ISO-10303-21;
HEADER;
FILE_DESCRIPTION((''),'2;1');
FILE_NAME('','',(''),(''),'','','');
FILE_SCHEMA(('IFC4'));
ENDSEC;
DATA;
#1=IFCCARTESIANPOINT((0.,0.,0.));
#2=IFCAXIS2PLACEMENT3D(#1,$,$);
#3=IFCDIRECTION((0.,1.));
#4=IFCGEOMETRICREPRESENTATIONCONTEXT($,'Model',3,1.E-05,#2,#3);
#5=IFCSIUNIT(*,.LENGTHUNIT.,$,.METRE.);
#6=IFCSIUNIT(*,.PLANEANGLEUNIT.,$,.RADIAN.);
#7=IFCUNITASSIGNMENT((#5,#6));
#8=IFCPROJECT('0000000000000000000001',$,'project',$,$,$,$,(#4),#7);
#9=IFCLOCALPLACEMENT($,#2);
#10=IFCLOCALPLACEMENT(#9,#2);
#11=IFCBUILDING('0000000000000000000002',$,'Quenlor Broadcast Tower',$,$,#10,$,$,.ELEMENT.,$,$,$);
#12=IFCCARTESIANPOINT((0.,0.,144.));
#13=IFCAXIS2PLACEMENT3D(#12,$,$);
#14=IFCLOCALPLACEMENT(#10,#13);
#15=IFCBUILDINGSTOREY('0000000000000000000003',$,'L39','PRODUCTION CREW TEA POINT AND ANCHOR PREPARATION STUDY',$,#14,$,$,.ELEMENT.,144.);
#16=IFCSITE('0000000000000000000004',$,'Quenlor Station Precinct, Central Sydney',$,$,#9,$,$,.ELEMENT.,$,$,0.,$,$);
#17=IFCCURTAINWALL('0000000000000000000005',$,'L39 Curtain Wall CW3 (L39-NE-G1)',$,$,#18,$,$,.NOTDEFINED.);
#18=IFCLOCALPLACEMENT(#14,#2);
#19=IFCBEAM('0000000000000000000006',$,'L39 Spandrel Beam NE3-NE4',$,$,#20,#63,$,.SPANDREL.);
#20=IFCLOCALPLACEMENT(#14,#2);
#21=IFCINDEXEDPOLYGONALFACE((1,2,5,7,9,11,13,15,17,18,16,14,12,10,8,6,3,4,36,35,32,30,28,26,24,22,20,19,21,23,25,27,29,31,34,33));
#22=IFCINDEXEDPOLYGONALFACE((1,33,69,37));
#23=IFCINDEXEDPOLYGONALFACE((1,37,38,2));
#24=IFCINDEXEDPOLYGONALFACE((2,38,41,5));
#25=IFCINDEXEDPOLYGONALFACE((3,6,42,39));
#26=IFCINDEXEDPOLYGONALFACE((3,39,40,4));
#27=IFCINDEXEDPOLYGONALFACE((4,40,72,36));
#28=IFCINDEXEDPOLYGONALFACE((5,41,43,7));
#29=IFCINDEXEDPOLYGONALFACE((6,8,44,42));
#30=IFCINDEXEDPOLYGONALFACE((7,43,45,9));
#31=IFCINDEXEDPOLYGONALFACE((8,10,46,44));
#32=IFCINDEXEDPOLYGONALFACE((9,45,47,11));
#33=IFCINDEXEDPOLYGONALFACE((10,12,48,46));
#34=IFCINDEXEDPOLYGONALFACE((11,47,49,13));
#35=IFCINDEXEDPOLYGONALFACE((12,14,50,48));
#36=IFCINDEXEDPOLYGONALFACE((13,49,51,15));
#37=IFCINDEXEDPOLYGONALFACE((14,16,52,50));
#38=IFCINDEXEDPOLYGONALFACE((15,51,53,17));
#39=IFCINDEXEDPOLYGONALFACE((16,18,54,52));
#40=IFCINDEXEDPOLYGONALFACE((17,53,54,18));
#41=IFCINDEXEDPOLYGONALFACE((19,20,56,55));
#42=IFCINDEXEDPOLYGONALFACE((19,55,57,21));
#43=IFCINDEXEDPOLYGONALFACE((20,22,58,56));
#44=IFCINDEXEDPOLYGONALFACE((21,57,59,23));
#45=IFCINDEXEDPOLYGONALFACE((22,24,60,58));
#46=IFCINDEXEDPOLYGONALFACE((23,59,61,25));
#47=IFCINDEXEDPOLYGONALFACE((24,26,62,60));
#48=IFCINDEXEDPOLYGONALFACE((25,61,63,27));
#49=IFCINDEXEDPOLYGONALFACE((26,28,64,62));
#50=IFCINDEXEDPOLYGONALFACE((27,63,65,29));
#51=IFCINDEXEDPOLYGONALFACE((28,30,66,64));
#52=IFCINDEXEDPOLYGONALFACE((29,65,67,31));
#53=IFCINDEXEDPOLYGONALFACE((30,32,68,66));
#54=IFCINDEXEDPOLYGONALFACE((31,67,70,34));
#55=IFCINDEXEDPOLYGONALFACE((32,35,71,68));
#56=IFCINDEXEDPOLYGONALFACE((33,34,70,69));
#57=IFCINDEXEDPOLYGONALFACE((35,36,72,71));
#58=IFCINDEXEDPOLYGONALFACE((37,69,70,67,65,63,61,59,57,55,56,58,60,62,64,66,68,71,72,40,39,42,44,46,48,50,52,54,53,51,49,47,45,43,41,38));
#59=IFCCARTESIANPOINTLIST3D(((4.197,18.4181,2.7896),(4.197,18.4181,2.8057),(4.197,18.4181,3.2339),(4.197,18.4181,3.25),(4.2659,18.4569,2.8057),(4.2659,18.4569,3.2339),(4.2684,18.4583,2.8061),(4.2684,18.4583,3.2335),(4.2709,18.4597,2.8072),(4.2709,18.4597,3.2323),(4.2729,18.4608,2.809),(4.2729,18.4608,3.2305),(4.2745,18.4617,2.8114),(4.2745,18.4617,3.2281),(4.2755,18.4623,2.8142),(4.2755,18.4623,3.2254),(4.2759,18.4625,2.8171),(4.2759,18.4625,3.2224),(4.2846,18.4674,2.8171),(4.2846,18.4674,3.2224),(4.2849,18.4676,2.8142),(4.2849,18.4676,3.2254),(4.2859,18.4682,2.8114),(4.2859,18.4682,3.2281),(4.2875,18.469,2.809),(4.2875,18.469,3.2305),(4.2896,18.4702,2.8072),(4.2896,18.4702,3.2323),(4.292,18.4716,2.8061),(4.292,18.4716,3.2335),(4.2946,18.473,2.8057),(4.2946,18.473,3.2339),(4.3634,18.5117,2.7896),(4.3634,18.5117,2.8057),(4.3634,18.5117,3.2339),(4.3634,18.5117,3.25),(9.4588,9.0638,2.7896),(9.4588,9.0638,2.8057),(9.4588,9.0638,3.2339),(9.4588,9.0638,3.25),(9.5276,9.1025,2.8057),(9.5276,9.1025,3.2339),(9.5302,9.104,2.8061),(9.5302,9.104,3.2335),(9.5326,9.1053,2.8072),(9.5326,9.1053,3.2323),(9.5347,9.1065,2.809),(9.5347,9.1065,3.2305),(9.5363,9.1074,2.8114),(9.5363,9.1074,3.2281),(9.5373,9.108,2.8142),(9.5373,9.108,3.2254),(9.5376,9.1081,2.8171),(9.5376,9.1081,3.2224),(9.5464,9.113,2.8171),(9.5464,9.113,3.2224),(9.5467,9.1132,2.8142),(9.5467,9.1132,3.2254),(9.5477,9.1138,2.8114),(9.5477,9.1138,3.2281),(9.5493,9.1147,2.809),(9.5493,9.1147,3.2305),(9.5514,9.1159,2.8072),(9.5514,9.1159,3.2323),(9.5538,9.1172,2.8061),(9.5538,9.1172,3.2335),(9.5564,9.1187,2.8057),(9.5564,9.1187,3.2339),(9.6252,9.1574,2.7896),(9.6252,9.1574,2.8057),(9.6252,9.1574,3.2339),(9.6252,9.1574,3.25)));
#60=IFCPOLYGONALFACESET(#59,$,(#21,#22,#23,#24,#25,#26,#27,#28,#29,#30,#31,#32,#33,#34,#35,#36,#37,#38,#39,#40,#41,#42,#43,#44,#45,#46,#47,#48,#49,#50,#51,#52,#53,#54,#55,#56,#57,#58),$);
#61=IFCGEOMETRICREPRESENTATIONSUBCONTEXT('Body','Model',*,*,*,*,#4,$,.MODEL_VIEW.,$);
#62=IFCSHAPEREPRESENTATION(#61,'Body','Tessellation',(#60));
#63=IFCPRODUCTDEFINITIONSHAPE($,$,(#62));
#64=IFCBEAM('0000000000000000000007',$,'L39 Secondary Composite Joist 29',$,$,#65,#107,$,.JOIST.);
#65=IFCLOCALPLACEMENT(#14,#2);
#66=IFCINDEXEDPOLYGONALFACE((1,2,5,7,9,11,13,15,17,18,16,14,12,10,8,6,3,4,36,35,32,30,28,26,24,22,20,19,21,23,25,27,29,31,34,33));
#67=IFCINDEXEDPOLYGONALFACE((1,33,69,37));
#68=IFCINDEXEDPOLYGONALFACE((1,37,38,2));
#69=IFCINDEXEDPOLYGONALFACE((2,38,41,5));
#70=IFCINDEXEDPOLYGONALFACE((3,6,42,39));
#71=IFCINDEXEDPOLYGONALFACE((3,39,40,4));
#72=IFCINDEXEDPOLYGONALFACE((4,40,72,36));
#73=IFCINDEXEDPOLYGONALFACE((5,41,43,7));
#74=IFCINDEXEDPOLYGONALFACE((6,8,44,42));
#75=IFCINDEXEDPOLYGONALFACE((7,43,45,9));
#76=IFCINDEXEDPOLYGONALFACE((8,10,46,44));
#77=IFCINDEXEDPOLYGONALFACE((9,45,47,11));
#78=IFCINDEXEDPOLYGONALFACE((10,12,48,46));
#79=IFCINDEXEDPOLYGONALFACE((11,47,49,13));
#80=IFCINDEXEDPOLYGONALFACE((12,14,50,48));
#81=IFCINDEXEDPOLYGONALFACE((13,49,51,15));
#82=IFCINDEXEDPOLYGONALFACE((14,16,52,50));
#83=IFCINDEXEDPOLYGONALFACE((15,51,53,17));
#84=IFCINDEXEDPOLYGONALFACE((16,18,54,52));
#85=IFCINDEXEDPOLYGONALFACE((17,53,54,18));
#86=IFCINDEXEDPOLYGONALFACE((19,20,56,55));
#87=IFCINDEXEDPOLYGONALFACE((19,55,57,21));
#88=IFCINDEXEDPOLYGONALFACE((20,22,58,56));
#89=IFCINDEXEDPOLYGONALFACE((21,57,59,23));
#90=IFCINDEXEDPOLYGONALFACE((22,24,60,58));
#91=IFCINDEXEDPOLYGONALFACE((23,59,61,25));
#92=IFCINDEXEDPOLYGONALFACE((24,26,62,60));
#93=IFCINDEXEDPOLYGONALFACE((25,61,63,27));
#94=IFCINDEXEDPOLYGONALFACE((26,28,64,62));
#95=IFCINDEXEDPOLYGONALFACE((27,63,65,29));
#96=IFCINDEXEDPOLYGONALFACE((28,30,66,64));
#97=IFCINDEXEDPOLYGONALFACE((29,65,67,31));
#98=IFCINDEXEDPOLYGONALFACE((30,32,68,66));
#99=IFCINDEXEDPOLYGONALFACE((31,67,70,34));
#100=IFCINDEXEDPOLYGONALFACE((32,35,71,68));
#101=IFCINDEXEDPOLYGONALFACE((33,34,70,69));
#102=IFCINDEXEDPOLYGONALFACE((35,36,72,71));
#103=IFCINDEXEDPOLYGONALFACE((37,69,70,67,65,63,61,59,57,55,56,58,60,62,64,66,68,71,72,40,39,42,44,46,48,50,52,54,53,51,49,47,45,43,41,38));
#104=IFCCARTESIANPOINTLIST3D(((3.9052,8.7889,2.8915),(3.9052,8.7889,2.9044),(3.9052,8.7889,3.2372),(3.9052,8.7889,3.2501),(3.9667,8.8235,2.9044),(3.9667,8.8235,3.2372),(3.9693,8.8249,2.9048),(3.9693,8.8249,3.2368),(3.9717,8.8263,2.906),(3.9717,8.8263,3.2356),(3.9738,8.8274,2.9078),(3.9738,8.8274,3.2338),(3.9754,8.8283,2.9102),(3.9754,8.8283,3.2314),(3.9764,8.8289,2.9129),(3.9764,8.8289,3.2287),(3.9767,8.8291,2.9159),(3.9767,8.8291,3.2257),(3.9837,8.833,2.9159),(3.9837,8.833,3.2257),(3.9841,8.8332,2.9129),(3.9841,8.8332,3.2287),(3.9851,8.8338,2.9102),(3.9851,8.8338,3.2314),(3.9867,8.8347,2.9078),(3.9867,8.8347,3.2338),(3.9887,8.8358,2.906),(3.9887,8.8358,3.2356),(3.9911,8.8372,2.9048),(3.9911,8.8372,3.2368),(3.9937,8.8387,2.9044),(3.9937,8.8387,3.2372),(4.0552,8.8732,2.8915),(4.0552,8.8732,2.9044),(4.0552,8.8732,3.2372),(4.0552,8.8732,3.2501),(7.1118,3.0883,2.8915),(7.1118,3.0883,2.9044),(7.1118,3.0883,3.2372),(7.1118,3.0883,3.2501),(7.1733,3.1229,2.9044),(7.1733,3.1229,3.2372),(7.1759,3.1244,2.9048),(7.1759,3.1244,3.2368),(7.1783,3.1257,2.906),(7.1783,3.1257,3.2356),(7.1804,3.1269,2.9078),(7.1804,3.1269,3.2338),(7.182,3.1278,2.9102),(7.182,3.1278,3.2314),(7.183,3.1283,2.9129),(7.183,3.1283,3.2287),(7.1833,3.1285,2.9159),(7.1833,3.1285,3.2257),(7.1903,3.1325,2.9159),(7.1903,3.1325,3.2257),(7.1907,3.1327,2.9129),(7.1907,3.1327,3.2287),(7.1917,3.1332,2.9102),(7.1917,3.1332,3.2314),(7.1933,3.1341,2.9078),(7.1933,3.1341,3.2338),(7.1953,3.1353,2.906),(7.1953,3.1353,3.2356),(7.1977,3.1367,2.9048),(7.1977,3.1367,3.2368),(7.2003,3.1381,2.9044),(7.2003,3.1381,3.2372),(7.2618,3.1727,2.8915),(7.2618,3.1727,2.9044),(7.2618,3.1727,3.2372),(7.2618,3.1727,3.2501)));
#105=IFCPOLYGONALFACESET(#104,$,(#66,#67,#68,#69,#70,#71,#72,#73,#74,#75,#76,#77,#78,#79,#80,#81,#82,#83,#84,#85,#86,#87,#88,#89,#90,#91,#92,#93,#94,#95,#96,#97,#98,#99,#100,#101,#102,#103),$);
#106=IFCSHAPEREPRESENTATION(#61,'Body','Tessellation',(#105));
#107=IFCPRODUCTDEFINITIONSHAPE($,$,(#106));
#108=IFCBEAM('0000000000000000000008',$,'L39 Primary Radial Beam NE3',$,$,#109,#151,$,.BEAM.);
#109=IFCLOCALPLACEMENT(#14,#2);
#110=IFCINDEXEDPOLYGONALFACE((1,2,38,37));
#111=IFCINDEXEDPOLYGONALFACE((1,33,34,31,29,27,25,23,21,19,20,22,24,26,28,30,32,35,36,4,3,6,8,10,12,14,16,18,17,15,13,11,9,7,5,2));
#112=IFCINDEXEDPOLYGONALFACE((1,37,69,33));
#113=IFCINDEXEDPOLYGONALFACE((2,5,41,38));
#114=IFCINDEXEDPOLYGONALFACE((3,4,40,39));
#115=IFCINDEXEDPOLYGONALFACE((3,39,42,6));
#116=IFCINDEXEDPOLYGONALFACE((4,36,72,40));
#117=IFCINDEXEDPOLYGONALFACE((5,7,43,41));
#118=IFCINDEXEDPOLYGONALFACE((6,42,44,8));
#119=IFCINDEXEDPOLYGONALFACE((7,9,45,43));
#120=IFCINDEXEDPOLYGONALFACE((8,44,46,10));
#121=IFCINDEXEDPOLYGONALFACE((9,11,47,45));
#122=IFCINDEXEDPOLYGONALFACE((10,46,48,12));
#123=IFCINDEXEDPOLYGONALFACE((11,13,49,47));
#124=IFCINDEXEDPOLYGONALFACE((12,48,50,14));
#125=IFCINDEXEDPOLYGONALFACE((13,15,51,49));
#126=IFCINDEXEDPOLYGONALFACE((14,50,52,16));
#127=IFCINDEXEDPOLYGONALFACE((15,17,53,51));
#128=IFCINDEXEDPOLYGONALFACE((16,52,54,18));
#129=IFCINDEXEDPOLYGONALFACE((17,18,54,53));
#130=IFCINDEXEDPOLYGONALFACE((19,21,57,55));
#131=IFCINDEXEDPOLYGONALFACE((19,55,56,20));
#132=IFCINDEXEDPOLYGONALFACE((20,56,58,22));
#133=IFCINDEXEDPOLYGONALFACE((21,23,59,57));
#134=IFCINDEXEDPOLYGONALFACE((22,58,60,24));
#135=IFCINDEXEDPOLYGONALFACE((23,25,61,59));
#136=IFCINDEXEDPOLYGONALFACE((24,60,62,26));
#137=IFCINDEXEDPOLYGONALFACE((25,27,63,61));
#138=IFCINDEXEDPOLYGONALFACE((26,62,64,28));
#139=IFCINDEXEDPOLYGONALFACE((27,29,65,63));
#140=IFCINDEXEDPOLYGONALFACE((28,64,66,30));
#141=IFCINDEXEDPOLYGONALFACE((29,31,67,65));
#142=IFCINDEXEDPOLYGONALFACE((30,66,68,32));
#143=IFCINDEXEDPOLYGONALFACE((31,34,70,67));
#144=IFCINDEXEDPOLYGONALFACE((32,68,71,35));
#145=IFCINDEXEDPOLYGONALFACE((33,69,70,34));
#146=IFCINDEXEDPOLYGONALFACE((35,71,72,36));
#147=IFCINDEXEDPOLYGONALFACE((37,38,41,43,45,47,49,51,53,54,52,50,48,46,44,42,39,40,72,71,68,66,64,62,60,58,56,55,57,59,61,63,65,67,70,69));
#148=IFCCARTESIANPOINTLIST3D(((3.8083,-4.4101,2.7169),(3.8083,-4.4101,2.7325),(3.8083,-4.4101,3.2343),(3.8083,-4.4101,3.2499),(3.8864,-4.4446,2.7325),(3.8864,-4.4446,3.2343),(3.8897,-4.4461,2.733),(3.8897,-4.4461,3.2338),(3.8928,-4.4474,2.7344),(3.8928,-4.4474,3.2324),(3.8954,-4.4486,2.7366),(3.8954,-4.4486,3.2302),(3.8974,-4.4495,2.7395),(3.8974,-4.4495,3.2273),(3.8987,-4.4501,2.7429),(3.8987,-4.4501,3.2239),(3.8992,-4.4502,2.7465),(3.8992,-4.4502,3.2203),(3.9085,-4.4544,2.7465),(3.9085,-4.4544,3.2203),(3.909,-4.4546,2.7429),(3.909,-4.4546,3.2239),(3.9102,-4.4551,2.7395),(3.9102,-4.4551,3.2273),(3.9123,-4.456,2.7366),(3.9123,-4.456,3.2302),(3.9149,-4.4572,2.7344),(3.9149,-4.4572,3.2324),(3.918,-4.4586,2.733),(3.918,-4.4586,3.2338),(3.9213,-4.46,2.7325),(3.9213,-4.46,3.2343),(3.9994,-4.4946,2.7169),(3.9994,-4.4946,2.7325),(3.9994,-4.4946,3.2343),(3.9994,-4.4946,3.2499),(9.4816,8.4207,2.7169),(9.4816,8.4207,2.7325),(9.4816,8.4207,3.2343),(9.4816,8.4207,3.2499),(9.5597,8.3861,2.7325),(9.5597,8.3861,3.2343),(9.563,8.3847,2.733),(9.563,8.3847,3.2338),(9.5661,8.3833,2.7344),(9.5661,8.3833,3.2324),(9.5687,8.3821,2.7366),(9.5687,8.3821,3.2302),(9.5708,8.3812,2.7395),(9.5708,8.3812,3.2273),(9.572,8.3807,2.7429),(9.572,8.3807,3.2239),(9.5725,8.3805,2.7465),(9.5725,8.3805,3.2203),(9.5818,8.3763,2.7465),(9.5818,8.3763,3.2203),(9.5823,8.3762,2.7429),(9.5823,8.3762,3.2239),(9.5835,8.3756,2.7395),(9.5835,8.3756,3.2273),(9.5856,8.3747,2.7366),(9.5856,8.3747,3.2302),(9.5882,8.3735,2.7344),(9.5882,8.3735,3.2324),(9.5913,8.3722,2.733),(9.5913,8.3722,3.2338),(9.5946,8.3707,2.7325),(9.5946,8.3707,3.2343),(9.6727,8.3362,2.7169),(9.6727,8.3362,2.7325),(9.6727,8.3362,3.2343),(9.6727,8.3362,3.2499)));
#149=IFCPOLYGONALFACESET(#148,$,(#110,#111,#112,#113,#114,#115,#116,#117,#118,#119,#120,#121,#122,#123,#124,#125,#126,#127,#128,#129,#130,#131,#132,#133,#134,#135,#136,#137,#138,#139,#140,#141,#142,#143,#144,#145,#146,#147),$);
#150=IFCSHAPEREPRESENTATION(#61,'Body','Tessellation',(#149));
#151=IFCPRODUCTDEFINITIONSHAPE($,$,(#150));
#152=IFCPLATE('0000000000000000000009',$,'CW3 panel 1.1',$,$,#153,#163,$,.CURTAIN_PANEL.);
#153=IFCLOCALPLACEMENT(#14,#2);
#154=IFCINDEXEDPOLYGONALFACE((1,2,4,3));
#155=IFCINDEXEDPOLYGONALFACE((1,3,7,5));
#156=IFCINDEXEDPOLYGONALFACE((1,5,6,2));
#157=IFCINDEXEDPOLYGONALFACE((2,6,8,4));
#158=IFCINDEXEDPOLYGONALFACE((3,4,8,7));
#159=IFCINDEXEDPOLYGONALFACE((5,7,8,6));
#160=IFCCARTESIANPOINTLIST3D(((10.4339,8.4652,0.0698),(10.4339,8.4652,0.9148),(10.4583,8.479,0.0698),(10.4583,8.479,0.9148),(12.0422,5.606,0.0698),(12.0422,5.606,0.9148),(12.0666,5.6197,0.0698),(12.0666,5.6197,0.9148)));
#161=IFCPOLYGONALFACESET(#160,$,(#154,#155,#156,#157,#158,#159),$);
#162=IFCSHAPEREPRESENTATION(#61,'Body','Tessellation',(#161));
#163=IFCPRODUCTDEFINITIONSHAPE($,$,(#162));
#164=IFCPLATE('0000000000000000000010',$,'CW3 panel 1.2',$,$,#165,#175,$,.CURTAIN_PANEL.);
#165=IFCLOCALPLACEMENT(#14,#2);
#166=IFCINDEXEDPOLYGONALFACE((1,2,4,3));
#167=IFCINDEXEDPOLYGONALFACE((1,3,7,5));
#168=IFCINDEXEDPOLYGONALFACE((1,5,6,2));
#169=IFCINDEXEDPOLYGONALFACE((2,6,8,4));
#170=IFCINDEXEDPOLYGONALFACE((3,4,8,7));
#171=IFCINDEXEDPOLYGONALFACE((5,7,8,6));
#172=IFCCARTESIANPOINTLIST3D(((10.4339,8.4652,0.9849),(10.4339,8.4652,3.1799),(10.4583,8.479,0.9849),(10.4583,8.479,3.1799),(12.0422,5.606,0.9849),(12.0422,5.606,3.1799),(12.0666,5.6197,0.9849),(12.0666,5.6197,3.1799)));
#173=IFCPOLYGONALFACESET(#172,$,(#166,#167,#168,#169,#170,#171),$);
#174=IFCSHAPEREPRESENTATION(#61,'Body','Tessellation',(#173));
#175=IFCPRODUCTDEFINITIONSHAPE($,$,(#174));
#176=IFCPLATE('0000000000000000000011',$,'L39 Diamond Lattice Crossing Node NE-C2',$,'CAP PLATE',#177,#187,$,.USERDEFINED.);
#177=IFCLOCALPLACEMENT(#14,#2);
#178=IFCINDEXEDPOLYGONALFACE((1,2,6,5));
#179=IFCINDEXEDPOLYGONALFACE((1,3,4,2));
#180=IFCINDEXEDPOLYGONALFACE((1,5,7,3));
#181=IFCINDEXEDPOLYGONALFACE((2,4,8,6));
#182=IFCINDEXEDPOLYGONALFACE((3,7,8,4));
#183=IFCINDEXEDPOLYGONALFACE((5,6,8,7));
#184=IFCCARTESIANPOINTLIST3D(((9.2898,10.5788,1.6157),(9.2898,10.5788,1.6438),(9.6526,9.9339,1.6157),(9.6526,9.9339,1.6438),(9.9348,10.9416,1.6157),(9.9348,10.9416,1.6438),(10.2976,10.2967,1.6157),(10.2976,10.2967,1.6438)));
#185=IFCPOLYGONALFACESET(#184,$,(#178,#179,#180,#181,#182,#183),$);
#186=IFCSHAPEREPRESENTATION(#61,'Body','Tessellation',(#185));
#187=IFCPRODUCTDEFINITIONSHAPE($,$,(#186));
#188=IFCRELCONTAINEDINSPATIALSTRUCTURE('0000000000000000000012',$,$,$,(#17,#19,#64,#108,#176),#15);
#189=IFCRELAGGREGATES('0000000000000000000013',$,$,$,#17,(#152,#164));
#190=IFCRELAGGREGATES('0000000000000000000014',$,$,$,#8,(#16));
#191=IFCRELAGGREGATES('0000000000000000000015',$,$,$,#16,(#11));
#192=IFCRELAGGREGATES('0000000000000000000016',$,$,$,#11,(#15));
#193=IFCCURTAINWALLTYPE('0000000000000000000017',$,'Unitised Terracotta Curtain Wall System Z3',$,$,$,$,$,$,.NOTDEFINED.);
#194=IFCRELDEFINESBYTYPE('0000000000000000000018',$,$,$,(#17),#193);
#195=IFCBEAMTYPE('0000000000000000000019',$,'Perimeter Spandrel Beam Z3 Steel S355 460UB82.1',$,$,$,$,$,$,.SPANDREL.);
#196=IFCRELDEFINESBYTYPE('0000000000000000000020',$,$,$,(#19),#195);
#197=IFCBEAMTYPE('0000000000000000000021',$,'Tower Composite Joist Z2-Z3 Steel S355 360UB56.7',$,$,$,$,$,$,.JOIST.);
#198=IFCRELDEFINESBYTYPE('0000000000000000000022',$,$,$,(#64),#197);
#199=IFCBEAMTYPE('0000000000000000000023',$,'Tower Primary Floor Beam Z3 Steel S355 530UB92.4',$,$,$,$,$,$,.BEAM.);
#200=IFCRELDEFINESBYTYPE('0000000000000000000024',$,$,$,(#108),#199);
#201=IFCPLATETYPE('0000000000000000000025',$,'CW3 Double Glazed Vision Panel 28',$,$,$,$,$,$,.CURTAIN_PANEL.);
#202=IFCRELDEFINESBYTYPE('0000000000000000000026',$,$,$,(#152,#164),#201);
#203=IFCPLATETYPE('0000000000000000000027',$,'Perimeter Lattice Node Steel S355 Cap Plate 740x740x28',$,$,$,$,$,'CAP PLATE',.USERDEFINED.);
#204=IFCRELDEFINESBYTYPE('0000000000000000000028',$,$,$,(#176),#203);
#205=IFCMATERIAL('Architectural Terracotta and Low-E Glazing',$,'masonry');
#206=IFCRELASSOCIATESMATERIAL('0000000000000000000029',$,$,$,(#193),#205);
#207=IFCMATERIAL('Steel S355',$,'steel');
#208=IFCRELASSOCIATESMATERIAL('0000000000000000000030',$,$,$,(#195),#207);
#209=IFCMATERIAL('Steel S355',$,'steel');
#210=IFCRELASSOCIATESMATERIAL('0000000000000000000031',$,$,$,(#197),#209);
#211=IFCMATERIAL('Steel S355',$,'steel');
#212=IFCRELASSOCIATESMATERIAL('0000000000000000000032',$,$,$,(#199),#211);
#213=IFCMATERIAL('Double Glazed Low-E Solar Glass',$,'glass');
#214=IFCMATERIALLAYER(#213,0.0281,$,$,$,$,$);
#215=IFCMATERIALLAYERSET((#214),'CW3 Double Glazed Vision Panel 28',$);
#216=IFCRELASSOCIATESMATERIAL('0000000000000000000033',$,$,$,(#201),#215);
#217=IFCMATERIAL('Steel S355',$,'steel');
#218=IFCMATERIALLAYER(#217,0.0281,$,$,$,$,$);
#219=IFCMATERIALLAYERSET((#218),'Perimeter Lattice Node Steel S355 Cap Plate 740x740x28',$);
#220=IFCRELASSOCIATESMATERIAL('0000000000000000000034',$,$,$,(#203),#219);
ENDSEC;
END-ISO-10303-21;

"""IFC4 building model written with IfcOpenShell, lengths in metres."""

from ifc_helpers import new_model, si_unit, direction, frame, origin, origin_2d, place, context, subcontext, project, spatial, rectangle, i_section, extrude, material, layer, layer_set, material_profile, profile_set, type_object, element, aggregate, save


model = new_model("IFC4")

# Units and contexts
model_context = context("Model", 3, precision=1e-05, world=origin(), true_north=direction((0.0, 1.0)))
body_context = subcontext(model_context, "Body", "Model", "MODEL_VIEW")
ifc_project = project(units=[si_unit("LENGTHUNIT", "METRE"), si_unit("PLANEANGLEUNIT", "RADIAN")], contexts=[model_context])

# Site, building, storey
site_placement = place(None, origin())
site = spatial("IfcSite", under=ifc_project, at=site_placement, Name="Quenlor Station Precinct, Central Sydney", CompositionType="ELEMENT", RefElevation=0.0)
building_placement = place(site_placement, origin())
building = spatial("IfcBuilding", under=site, at=building_placement, Name="Quenlor Broadcast Tower", CompositionType="ELEMENT")
storey_placement = place(building_placement, frame((0.0, 0.0, 144.0)))
storey = spatial("IfcBuildingStorey", under=building, at=storey_placement, Name="L39", Description="PRODUCTION CREW TEA POINT AND ANCHOR PREPARATION STUDY", CompositionType="ELEMENT", Elevation=144.0)

# Curtain wall
ifc_material_1 = material(Name="Architectural Terracotta and Low-E Glazing", Category="masonry")
curtain_wall_type = type_object("IfcCurtainWallType", Name="Unitised Terracotta Curtain Wall System Z3", PredefinedType="NOTDEFINED", material=ifc_material_1)
curtain_wall_placement = place(storey_placement, origin())
curtain_wall = element("IfcCurtainWall", 1, at=curtain_wall_placement, inside=storey, type_object=curtain_wall_type, Name="L39 Curtain Wall CW3 (L39-NE-G1)", PredefinedType="NOTDEFINED")

# Beams
ifc_material_2 = material(Name="Steel S355", Category="steel")
ifc_material_profile_1 = material_profile(ifc_material_2, i_section(OverallWidth=0.1909, OverallDepth=0.4604, WebThickness=0.01, FlangeThickness=0.0161, FilletRadius=0.0115, at=origin_2d()))
ifc_profile_set_1 = profile_set([ifc_material_profile_1], Name="Steel S355 460UB82.1")
beam_type_1 = type_object("IfcBeamType", Name="Perimeter Spandrel Beam Z3 Steel S355 460UB82.1", PredefinedType="SPANDREL", material=ifc_profile_set_1)
beam_1_placement = place(storey_placement, frame((9.542, 9.1106, 3.0198), z_axis=(-0.490258, 0.871577, 0.0), x_axis=(-0.871577, -0.490258, 0.0)))
element("IfcBeam", 2, at=beam_1_placement, inside=storey, type_object=beam_type_1, Name="L39 Spandrel Beam NE3-NE4", PredefinedType="SPANDREL", context=body_context, shape_type="SweptSolid", body=[
    extrude(i_section(OverallWidth=0.1909, OverallDepth=0.4604, WebThickness=0.01, FlangeThickness=0.0161, FilletRadius=0.0115, at=origin_2d()), origin(), (0.0, 0.0, 1.0), 10.7327),
])
ifc_material_3 = material(Name="Steel S355", Category="steel")
ifc_material_profile_2 = material_profile(ifc_material_3, i_section(OverallWidth=0.1721, OverallDepth=0.3586, WebThickness=0.0081, FlangeThickness=0.0129, FilletRadius=0.0115, at=origin_2d()))
ifc_profile_set_2 = profile_set([ifc_material_profile_2], Name="Steel S355 360UB56.7")
beam_type_2 = type_object("IfcBeamType", Name="Tower Composite Joist Z2-Z3 Steel S355 360UB56.7", PredefinedType="JOIST", material=ifc_profile_set_2)
beam_2_placement = place(storey_placement, frame((3.9802, 8.8311, 3.0708), z_axis=(0.490267, -0.871573, 0.0), x_axis=(0.871573, 0.490267, 0.0)))
element("IfcBeam", 3, at=beam_2_placement, inside=storey, type_object=beam_type_2, Name="L39 Secondary Composite Joist 29", PredefinedType="JOIST", context=body_context, shape_type="SweptSolid", body=[
    extrude(i_section(OverallWidth=0.1721, OverallDepth=0.3586, WebThickness=0.0081, FlangeThickness=0.0129, FilletRadius=0.0115, at=origin_2d()), origin(), (0.0, 0.0, 1.0), 6.5405),
])
ifc_material_4 = material(Name="Steel S355", Category="steel")
ifc_material_profile_3 = material_profile(ifc_material_4, i_section(OverallWidth=0.209, OverallDepth=0.533, WebThickness=0.0103, FlangeThickness=0.0156, FilletRadius=0.0139, at=origin_2d()))
ifc_profile_set_3 = profile_set([ifc_material_profile_3], Name="Steel S355 530UB92.4")
beam_type_3 = type_object("IfcBeamType", Name="Tower Primary Floor Beam Z3 Steel S355 530UB92.4", PredefinedType="BEAM", material=ifc_profile_set_3)
beam_3_placement = place(storey_placement, frame((9.5771, 8.3784, 2.9834), z_axis=(-0.404397, -0.914583, 0.0), x_axis=(0.914583, -0.404397, 0.0)))
element("IfcBeam", 4, at=beam_3_placement, inside=storey, type_object=beam_type_3, Name="L39 Primary Radial Beam NE3", PredefinedType="BEAM", context=body_context, shape_type="SweptSolid", body=[
    extrude(i_section(OverallWidth=0.209, OverallDepth=0.533, WebThickness=0.0103, FlangeThickness=0.0156, FilletRadius=0.0139, at=origin_2d()), origin(), (0.0, 0.0, 1.0), 14.0291),
])

# Plates
ifc_material_5 = material(Name="Double Glazed Low-E Solar Glass", Category="glass")
ifc_layer_1 = layer(ifc_material_5, 0.0281)
ifc_layer_set_1 = layer_set([ifc_layer_1], Name="CW3 Double Glazed Vision Panel 28")
plate_type_1 = type_object("IfcPlateType", Name="CW3 Double Glazed Vision Panel 28", PredefinedType="CURTAIN_PANEL", material=ifc_layer_set_1)
plate_1_placement = place(storey_placement, frame((11.2502, 7.0425, 0.0698), z_axis=(0.0, 0.0, 1.0), x_axis=(0.490256, -0.871579, 0.0)))
plate_1 = element("IfcPlate", 5, at=plate_1_placement, type_object=plate_type_1, Name="CW3 panel 1.1", PredefinedType="CURTAIN_PANEL", context=body_context, shape_type="SweptSolid", body=[
    extrude(rectangle(XDim=3.2805, YDim=0.0281, at=origin_2d()), origin(), (0.0, 0.0, 1.0), 0.845),
])
plate_2_placement = place(storey_placement, frame((11.2502, 7.0425, 0.9849), z_axis=(0.0, 0.0, 1.0), x_axis=(0.490256, -0.871579, 0.0)))
plate_2 = element("IfcPlate", 6, at=plate_2_placement, type_object=plate_type_1, Name="CW3 panel 1.2", PredefinedType="CURTAIN_PANEL", context=body_context, shape_type="SweptSolid", body=[
    extrude(rectangle(XDim=3.2805, YDim=0.0281, at=origin_2d()), origin(), (0.0, 0.0, 1.0), 2.1951),
])
aggregate(curtain_wall, [plate_1, plate_2])

# Plate
ifc_material_6 = material(Name="Steel S355", Category="steel")
ifc_layer_2 = layer(ifc_material_6, 0.0281)
ifc_layer_set_2 = layer_set([ifc_layer_2], Name="Perimeter Lattice Node Steel S355 Cap Plate 740x740x28")
plate_type_2 = type_object("IfcPlateType", Name="Perimeter Lattice Node Steel S355 Cap Plate 740x740x28", ElementType="CAP PLATE", PredefinedType="USERDEFINED", material=ifc_layer_set_2)
for number, where, z_axis, x_axis, name in (
    (7, (9.7937, 10.4377, 1.6157), (0.0, 0.0, 1.0), (0.490295, -0.871556, 0.0), "L39 Diamond Lattice Crossing Node NE-C2"),
):
    element("IfcPlate", number, at=place(storey_placement, frame(where, z_axis=z_axis, x_axis=x_axis)), inside=storey, type_object=plate_type_2, Name=name, ObjectType="CAP PLATE", PredefinedType="USERDEFINED", context=body_context, shape_type="SweptSolid", body=[
        extrude(rectangle(XDim=0.74, YDim=0.74, at=origin_2d()), origin(), (0.0, 0.0, 1.0), 0.0281),
    ])

save(model, "model.ifc")
